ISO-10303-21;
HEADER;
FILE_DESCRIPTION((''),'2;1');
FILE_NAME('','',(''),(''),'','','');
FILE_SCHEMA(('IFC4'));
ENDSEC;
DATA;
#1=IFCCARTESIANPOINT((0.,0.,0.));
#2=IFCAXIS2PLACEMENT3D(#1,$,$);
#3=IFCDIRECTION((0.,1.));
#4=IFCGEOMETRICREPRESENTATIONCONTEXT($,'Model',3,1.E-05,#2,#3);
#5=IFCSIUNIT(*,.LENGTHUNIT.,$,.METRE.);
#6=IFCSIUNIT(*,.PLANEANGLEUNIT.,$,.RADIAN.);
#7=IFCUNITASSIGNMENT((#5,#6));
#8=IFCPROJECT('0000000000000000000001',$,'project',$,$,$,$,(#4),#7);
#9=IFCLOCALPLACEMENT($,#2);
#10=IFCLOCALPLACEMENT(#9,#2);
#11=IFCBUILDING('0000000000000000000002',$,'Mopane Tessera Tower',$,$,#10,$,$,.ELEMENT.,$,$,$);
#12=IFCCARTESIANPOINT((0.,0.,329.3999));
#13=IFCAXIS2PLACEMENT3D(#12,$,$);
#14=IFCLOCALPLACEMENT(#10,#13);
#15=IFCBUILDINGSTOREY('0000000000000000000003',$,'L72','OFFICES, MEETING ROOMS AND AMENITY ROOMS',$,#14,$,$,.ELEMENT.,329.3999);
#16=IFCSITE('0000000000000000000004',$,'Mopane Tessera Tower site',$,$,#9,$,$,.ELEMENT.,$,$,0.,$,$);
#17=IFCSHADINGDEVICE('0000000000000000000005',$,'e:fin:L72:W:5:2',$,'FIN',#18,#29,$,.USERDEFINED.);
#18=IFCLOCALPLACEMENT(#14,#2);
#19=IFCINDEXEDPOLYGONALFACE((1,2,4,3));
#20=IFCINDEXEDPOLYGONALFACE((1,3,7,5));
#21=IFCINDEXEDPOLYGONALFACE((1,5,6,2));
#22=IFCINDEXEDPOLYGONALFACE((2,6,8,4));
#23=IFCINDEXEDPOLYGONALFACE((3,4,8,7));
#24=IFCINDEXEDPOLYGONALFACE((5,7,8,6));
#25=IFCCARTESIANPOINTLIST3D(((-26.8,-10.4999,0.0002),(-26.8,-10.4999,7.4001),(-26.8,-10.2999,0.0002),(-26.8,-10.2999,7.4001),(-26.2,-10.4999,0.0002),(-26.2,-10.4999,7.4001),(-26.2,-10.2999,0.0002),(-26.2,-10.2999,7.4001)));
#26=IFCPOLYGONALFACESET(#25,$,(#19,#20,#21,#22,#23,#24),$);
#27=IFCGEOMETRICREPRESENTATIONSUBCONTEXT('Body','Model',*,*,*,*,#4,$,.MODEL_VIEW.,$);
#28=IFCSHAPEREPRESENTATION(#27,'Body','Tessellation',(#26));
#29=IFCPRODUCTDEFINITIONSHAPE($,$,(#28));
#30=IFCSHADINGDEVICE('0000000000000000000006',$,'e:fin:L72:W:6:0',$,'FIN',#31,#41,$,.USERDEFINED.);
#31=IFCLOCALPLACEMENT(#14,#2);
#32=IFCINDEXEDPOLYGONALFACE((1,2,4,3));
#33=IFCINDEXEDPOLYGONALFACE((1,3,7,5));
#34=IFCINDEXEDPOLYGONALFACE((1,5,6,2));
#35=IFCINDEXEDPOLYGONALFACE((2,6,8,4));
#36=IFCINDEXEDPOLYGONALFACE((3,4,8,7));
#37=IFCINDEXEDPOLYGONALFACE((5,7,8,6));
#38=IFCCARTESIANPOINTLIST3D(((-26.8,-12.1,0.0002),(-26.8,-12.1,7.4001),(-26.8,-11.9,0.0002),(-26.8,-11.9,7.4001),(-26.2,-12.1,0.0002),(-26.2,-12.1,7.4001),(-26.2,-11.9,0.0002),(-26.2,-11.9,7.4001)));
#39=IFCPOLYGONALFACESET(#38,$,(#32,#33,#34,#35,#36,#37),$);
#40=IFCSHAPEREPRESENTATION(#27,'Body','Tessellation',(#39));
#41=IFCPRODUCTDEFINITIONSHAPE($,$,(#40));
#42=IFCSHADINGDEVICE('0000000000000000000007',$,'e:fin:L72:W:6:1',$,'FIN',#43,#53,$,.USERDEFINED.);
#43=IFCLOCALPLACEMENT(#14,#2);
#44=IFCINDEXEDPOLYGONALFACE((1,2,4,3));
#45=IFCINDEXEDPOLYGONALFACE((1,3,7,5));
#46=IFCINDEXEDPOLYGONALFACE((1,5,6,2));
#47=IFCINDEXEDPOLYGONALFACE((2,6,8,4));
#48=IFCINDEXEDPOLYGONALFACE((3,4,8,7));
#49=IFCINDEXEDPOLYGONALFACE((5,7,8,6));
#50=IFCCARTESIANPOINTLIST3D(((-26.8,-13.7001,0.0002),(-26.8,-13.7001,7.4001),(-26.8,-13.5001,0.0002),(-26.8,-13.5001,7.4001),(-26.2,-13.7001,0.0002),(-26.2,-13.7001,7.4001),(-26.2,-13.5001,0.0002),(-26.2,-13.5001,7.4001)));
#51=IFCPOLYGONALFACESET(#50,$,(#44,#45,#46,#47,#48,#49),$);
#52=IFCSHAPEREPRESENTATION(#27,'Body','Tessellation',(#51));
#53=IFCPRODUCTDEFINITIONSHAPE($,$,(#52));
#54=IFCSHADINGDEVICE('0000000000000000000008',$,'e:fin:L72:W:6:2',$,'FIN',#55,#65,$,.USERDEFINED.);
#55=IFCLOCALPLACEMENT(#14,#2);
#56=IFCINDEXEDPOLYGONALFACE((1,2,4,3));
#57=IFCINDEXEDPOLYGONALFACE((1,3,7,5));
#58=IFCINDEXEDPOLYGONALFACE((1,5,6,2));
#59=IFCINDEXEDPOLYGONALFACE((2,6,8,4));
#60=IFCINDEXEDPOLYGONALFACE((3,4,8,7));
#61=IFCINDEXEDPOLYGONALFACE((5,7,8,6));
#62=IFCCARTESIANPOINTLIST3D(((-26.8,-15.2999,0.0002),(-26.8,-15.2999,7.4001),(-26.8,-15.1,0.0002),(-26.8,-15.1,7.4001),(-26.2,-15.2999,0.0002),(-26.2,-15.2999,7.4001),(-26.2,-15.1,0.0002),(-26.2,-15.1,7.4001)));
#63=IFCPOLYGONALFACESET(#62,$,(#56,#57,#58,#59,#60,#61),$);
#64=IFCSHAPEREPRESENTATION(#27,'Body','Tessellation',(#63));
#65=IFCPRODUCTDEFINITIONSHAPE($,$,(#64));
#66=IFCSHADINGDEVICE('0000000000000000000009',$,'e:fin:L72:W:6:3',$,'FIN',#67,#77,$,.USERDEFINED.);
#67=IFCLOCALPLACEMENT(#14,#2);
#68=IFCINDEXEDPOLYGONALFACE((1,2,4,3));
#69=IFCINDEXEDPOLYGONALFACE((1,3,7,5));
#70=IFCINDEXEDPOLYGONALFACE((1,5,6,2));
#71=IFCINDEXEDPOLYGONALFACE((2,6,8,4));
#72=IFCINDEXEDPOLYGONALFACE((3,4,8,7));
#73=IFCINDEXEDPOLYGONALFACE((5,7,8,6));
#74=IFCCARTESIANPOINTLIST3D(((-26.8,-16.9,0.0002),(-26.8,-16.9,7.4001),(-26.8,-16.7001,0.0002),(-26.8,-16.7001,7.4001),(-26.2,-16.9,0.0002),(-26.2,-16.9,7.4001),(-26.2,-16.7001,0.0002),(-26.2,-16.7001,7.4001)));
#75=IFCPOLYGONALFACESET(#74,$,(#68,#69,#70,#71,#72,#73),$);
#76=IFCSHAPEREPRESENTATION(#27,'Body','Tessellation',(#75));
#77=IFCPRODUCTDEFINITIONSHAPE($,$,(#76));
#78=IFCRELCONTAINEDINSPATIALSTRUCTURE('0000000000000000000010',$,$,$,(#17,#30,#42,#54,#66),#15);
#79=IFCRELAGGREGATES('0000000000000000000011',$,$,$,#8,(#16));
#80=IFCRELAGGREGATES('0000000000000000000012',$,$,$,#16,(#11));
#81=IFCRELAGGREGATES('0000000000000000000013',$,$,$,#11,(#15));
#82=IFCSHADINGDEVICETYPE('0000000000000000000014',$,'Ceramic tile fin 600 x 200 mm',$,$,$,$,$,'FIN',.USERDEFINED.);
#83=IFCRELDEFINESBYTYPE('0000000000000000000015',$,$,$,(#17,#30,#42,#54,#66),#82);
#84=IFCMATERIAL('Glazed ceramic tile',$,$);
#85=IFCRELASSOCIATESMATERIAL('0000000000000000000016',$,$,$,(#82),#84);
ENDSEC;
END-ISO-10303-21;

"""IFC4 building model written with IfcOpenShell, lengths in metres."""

from ifc_helpers import new_model, si_unit, direction, frame, origin, origin_2d, place, context, subcontext, project, spatial, rectangle, extrude, material, type_object, element, save


model = new_model("IFC4")

# Units and contexts
model_context = context("Model", 3, precision=1e-05, world=origin(), true_north=direction((0.0, 1.0)))
body_context = subcontext(model_context, "Body", "Model", "MODEL_VIEW")
ifc_project = project(units=[si_unit("LENGTHUNIT", "METRE"), si_unit("PLANEANGLEUNIT", "RADIAN")], contexts=[model_context])

# Site, building, storey
site_placement = place(None, origin())
site = spatial("IfcSite", under=ifc_project, at=site_placement, Name="Mopane Tessera Tower site", CompositionType="ELEMENT", RefElevation=0.0)
building_placement = place(site_placement, origin())
building = spatial("IfcBuilding", under=site, at=building_placement, Name="Mopane Tessera Tower", CompositionType="ELEMENT")
storey_placement = place(building_placement, frame((0.0, 0.0, 329.3999)))
storey = spatial("IfcBuildingStorey", under=building, at=storey_placement, Name="L72", Description="OFFICES, MEETING ROOMS AND AMENITY ROOMS", CompositionType="ELEMENT", Elevation=329.3999)

# Shading devices
ifc_material_1 = material(Name="Glazed ceramic tile")
shading_device_type = type_object("IfcShadingDeviceType", Name="Ceramic tile fin 600 x 200 mm", ElementType="FIN", PredefinedType="USERDEFINED", material=ifc_material_1)
for number, where, z_axis, x_axis, name in (
    (1, (-26.5, -10.3999, 0.0002), (0.0, 0.0, 1.0), (0.0, -1.0, 0.0), "e:fin:L72:W:5:2"),
    (2, (-26.5, -12.0, 0.0002), (0.0, 0.0, 1.0), (0.0, -1.0, 0.0), "e:fin:L72:W:6:0"),
    (3, (-26.5, -13.6001, 0.0002), (0.0, 0.0, 1.0), (0.0, -1.0, 0.0), "e:fin:L72:W:6:1"),
    (4, (-26.5, -15.2, 0.0002), (0.0, 0.0, 1.0), (0.0, -1.0, 0.0), "e:fin:L72:W:6:2"),
    (5, (-26.5, -16.8, 0.0002), (0.0, 0.0, 1.0), (0.0, -1.0, 0.0), "e:fin:L72:W:6:3"),
):
    element("IfcShadingDevice", number, at=place(storey_placement, frame(where, z_axis=z_axis, x_axis=x_axis)), inside=storey, type_object=shading_device_type, Name=name, ObjectType="FIN", PredefinedType="USERDEFINED", context=body_context, shape_type="SweptSolid", body=[
        extrude(rectangle(XDim=0.2, YDim=0.6001, at=origin_2d()), origin(), (0.0, 0.0, 1.0), 7.3999),
    ])

save(model, "model.ifc")
